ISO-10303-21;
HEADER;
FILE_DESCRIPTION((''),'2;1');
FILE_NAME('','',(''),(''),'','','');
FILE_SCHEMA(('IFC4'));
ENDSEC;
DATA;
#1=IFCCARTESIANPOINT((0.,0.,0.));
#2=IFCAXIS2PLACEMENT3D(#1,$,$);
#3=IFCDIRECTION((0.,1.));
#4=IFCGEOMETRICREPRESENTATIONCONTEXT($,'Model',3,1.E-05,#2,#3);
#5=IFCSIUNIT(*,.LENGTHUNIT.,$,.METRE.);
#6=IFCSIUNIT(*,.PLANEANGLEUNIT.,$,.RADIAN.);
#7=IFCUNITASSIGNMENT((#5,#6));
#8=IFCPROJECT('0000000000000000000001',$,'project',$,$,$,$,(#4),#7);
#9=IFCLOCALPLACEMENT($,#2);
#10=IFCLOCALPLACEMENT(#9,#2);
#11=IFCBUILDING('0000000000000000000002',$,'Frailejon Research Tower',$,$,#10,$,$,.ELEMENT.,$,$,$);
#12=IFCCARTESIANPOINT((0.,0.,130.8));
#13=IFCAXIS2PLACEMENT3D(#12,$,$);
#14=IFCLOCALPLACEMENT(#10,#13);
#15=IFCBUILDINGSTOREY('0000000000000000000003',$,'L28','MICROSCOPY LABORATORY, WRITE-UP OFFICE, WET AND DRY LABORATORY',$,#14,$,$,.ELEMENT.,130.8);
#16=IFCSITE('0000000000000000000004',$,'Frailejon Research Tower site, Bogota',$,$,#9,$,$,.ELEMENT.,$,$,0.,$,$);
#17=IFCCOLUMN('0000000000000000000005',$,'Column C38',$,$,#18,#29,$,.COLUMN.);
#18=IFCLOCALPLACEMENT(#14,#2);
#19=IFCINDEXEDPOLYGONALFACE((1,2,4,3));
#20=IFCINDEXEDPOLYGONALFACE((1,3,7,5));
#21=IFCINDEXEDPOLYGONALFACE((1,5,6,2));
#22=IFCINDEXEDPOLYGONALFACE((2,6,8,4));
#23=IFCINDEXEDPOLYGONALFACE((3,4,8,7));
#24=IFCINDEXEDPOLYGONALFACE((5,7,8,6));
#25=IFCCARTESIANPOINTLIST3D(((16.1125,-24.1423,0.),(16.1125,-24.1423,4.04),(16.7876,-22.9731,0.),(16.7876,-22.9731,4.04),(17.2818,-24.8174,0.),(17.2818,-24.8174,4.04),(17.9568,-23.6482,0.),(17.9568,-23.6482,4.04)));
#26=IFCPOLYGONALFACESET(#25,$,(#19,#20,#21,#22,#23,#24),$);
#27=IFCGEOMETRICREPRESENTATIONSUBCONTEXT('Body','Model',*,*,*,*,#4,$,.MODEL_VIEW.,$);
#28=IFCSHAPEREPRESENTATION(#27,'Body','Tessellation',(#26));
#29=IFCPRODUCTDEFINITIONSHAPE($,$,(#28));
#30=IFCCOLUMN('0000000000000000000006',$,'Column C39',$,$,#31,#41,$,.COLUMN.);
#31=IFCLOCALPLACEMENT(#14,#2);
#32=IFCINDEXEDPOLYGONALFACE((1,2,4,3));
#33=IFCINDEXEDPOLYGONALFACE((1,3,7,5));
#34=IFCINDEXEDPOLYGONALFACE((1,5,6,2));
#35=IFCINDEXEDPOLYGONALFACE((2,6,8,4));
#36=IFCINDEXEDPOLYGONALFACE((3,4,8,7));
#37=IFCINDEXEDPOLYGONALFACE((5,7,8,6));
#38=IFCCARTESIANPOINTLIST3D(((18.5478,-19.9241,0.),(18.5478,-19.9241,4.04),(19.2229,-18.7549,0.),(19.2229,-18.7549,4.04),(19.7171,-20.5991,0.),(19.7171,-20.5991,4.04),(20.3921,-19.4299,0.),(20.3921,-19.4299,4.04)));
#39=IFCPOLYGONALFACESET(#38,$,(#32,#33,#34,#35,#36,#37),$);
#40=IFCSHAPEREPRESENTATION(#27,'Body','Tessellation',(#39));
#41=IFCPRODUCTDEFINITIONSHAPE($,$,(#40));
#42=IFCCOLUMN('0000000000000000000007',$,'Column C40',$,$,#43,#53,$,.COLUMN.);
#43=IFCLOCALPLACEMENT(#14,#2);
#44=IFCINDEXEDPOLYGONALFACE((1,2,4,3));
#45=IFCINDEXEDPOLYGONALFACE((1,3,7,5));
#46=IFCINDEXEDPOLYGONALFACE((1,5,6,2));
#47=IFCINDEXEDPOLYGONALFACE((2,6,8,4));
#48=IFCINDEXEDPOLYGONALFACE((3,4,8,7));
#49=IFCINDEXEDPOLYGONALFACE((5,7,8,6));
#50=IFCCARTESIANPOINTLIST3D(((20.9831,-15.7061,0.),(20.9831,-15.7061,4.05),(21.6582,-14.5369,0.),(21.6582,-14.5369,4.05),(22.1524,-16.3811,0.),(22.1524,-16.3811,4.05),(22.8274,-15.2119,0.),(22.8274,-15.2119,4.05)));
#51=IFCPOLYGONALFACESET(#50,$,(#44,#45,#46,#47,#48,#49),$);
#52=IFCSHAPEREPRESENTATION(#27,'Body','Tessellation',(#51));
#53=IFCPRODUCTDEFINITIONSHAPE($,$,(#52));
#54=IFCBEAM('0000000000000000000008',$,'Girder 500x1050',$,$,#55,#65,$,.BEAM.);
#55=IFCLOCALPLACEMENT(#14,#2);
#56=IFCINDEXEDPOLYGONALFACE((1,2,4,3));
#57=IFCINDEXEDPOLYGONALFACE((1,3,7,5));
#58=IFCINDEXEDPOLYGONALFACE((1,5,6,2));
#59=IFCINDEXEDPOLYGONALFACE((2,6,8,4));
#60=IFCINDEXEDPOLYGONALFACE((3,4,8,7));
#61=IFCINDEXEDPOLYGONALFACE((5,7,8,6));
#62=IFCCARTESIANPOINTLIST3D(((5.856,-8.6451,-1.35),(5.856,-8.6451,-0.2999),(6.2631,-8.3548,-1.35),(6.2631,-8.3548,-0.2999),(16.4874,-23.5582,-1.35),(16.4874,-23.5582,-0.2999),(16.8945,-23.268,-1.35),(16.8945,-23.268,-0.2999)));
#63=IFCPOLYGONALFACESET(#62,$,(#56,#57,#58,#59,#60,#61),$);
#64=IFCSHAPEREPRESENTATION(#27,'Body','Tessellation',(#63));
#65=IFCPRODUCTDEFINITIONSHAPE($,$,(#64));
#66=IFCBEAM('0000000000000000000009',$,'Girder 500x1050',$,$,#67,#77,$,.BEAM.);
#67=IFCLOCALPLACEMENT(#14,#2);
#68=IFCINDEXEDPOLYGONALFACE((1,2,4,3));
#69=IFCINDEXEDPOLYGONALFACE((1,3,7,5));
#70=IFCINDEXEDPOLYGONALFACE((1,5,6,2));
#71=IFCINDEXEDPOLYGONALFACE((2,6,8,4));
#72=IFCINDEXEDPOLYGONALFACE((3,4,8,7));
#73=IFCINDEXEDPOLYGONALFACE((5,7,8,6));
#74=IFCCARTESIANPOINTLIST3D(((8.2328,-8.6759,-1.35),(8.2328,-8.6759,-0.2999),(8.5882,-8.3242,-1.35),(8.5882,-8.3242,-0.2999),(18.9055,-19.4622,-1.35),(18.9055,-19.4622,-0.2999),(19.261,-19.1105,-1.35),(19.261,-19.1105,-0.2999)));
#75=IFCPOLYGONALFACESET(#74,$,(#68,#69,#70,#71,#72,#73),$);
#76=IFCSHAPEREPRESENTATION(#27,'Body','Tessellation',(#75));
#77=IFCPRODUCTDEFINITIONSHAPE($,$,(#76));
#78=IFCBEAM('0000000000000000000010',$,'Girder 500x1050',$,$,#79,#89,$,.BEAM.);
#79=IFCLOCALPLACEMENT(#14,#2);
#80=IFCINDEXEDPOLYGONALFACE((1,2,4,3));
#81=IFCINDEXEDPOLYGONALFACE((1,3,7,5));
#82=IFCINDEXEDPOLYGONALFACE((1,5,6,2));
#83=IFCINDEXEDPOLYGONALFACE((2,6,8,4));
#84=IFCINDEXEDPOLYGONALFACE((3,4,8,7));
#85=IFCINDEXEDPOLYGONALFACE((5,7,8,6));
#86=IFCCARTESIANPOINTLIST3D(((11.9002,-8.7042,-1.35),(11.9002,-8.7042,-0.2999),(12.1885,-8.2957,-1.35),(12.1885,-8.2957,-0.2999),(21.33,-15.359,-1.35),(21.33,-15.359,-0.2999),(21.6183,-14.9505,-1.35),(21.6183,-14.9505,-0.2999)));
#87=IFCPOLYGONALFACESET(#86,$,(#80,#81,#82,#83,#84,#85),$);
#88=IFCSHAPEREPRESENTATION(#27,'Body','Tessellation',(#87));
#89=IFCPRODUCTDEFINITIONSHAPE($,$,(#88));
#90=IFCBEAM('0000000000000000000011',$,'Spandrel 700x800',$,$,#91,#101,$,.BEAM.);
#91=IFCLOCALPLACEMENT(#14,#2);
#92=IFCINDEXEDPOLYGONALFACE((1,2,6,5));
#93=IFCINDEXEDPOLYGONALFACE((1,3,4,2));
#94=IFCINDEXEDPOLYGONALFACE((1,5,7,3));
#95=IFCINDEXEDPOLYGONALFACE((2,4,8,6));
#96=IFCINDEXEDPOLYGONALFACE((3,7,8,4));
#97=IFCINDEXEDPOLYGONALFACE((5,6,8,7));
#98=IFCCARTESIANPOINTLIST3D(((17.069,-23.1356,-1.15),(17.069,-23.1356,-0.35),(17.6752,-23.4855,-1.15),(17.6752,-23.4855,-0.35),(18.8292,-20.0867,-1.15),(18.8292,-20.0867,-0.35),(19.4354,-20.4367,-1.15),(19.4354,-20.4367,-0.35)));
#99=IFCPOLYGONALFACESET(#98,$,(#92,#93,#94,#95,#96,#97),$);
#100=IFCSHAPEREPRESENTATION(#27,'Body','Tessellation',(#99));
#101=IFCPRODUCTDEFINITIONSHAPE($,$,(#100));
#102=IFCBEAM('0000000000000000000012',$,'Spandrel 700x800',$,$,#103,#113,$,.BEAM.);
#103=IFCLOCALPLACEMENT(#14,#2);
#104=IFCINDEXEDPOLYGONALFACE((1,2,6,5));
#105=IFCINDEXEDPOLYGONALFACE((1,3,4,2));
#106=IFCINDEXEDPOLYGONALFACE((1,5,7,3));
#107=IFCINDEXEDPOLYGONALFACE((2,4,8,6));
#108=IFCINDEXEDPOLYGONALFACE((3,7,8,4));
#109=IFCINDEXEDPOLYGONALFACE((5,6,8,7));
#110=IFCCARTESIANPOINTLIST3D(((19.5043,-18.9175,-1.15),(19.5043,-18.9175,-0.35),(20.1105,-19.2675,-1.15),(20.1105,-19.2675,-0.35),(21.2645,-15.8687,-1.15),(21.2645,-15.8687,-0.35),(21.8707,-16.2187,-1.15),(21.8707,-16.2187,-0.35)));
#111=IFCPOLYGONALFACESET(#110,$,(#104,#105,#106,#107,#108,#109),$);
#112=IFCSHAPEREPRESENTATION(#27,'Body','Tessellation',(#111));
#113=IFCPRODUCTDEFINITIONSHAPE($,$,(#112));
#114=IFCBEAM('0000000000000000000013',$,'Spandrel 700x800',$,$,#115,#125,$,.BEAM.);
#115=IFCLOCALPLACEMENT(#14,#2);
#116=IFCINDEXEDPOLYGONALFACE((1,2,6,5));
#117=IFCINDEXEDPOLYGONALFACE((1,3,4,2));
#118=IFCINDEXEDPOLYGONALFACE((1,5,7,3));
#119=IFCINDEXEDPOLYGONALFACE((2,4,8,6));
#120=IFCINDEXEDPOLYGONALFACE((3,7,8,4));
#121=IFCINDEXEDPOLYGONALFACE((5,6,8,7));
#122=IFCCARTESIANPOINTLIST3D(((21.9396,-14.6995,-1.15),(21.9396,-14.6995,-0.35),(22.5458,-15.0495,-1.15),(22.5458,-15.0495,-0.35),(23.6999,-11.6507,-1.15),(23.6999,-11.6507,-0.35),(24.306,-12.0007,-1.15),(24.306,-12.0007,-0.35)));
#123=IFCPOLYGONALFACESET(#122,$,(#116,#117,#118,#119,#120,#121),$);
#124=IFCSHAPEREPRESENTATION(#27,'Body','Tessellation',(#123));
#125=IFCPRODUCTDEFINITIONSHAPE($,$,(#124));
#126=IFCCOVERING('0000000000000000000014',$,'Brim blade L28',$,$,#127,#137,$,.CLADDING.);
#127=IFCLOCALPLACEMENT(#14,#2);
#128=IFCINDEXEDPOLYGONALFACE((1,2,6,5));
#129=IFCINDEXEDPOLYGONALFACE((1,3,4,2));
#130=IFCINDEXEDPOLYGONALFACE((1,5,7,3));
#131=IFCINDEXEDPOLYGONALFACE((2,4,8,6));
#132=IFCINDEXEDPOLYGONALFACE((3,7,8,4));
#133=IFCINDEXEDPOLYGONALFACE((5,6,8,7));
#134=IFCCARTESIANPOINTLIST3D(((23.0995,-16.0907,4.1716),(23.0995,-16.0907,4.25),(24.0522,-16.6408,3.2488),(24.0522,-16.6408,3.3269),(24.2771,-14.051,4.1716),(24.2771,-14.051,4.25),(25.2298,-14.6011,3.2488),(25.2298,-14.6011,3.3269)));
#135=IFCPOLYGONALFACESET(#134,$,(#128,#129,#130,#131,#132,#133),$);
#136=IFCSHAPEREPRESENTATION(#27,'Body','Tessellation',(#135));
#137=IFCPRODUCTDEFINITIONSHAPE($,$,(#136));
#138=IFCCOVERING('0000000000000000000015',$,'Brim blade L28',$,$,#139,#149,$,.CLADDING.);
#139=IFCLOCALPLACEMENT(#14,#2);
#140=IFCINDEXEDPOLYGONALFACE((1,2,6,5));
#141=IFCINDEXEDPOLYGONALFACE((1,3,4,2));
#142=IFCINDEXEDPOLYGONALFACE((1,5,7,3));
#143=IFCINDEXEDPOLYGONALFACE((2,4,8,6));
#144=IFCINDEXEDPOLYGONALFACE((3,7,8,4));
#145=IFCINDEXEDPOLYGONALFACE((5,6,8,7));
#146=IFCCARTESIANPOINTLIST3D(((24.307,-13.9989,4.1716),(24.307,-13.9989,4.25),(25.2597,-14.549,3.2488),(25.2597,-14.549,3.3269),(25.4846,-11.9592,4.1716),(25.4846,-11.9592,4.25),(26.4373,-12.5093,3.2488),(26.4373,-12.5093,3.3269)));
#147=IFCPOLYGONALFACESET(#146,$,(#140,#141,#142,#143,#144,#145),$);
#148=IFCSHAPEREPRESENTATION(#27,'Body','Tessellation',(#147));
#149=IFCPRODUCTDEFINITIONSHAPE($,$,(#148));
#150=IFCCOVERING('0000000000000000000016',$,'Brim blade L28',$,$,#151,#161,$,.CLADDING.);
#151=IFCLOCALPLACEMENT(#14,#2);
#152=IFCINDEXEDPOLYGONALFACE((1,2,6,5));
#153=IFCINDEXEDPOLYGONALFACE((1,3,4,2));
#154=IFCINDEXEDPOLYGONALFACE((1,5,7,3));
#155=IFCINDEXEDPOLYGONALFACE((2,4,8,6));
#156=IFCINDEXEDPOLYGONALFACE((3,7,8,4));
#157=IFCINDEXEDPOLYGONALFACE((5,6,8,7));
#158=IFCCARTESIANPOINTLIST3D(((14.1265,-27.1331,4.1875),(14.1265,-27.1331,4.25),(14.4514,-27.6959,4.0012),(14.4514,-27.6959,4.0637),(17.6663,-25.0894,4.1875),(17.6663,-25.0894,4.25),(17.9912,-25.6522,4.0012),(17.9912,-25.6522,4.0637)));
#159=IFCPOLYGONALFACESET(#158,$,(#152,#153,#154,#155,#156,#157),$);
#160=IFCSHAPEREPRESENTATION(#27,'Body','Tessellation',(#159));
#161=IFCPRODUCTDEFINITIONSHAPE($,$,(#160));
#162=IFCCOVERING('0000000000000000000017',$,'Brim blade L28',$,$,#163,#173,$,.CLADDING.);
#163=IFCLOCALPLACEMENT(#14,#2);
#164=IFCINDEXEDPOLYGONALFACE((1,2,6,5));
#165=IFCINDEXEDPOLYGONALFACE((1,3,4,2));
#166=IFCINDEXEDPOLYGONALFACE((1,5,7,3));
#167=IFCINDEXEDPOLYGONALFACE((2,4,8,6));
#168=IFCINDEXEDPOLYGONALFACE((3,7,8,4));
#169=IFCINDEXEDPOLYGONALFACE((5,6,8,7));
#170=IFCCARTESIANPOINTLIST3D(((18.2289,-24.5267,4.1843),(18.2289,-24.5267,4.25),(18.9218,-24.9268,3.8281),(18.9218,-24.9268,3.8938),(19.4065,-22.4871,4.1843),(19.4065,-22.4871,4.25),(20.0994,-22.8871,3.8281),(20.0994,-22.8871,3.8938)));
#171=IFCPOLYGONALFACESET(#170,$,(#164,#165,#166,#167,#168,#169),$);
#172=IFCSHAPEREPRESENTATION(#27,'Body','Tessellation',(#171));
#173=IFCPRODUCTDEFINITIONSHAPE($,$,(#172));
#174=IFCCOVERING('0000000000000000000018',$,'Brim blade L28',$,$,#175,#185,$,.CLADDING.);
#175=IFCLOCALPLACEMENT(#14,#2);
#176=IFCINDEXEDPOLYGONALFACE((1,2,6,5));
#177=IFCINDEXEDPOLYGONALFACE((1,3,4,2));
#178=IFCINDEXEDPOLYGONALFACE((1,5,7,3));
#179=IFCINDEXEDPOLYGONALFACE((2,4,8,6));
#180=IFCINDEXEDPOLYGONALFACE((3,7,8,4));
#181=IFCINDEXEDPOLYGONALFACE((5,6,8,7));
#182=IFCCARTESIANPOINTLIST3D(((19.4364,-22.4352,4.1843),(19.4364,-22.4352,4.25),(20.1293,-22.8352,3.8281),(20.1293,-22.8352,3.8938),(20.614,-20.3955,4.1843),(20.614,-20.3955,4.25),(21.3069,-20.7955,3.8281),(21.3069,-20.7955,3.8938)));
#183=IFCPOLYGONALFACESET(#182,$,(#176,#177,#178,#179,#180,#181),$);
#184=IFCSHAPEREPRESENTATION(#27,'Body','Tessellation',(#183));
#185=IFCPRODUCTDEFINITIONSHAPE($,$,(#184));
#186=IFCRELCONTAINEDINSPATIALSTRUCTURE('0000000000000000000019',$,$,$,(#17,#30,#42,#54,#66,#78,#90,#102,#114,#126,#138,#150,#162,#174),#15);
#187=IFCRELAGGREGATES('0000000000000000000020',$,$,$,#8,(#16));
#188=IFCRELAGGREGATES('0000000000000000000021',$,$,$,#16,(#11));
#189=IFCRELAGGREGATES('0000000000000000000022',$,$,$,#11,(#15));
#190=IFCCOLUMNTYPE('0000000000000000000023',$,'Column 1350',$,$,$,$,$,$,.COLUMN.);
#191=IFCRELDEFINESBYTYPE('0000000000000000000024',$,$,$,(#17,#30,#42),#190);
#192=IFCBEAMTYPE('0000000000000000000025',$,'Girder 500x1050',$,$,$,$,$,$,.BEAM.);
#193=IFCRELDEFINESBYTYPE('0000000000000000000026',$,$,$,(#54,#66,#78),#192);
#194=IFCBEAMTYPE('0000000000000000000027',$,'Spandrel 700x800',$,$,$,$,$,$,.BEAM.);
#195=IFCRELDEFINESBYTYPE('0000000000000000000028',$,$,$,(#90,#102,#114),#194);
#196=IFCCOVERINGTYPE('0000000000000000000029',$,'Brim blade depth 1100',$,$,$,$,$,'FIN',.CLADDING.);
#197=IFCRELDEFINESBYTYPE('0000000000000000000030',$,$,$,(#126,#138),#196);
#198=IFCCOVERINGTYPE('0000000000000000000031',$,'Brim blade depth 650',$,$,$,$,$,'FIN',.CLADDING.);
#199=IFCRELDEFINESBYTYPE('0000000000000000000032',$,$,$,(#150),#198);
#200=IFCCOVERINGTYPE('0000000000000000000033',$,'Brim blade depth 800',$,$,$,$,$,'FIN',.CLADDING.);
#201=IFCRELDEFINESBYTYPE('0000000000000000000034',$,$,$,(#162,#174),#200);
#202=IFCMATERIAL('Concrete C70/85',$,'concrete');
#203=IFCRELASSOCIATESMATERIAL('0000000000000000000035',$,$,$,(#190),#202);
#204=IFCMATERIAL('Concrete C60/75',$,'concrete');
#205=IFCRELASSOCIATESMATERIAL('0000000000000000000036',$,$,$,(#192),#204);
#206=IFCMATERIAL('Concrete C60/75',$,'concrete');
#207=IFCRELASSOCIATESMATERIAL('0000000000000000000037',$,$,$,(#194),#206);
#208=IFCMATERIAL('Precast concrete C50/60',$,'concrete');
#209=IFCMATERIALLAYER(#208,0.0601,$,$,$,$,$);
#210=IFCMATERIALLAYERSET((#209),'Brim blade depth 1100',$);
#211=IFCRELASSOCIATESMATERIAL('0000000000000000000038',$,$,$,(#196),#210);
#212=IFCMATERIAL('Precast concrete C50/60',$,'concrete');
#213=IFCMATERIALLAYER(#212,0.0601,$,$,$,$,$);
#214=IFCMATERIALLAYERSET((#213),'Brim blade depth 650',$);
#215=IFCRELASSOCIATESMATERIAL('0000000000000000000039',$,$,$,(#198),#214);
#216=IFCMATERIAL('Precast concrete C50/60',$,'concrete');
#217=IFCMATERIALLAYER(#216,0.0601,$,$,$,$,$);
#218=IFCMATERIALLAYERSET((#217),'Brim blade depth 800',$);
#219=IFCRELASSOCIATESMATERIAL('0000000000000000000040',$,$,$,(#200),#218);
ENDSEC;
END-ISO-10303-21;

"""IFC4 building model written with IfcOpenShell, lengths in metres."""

from ifc_helpers import new_model, si_unit, direction, frame, origin, origin_2d, place, context, subcontext, project, spatial, polyline, rectangle, outline, extrude, material, layer, layer_set, material_profile, profile_set, type_object, element, save


model = new_model("IFC4")

# Units and contexts
model_context = context("Model", 3, precision=1e-05, world=origin(), true_north=direction((0.0, 1.0)))
body_context = subcontext(model_context, "Body", "Model", "MODEL_VIEW")
ifc_project = project(units=[si_unit("LENGTHUNIT", "METRE"), si_unit("PLANEANGLEUNIT", "RADIAN")], contexts=[model_context])

# Site, building, storey
site_placement = place(None, origin())
site = spatial("IfcSite", under=ifc_project, at=site_placement, Name="Frailejon Research Tower site, Bogota", CompositionType="ELEMENT", RefElevation=0.0)
building_placement = place(site_placement, origin())
building = spatial("IfcBuilding", under=site, at=building_placement, Name="Frailejon Research Tower", CompositionType="ELEMENT")
storey_placement = place(building_placement, frame((0.0, 0.0, 130.8)))
storey = spatial("IfcBuildingStorey", under=building, at=storey_placement, Name="L28", Description="MICROSCOPY LABORATORY, WRITE-UP OFFICE, WET AND DRY LABORATORY", CompositionType="ELEMENT", Elevation=130.8)

# Columns
ifc_material_1 = material(Name="Concrete C70/85", Category="concrete")
ifc_material_profile_1 = material_profile(ifc_material_1, rectangle(XDim=1.3501, YDim=1.3501, at=origin_2d()), Name="Column 1350")
ifc_profile_set_1 = profile_set([ifc_material_profile_1], Name="Concrete C70/85")
column_type = type_object("IfcColumnType", Name="Column 1350", PredefinedType="COLUMN", material=ifc_profile_set_1)
for number, where, z_axis, x_axis, name in (
    (1, (17.0347, -23.8953, 0.0), (0.0, 0.0, 1.0), (0.5, 0.866025, 0.0), "Column C38"),
    (2, (19.47, -19.677, 0.0), (0.0, 0.0, 1.0), (0.5, 0.866025, 0.0), "Column C39"),
):
    element("IfcColumn", number, at=place(storey_placement, frame(where, z_axis=z_axis, x_axis=x_axis)), inside=storey, type_object=column_type, Name=name, PredefinedType="COLUMN", context=body_context, shape_type="SweptSolid", body=[
        extrude(rectangle(XDim=1.3501, YDim=1.3501, at=origin_2d()), origin(), (0.0, 0.0, 1.0), 4.04),
    ])
column_placement = place(storey_placement, frame((21.9053, -15.459, 0.0), z_axis=(0.0, 0.0, 1.0), x_axis=(0.5, 0.866025, 0.0)))
element("IfcColumn", 3, at=column_placement, inside=storey, type_object=column_type, Name="Column C40", PredefinedType="COLUMN", context=body_context, shape_type="SweptSolid", body=[
    extrude(rectangle(XDim=1.3501, YDim=1.3501, at=origin_2d()), origin(), (0.0, 0.0, 1.0), 4.05),
])

# Beams
ifc_material_2 = material(Name="Concrete C60/75", Category="concrete")
ifc_material_profile_2 = material_profile(ifc_material_2, rectangle(XDim=0.5, YDim=1.05, at=origin_2d()), Name="Girder 500x1050")
ifc_profile_set_2 = profile_set([ifc_material_profile_2], Name="Concrete C60/75")
beam_type_1 = type_object("IfcBeamType", Name="Girder 500x1050", PredefinedType="BEAM", material=ifc_profile_set_2)
beam_1_placement = place(storey_placement, frame((16.6909, -23.4131, -0.825), z_axis=(-0.580484, 0.814272, 0.0), x_axis=(-0.814272, -0.580484, 0.0)))
element("IfcBeam", 4, at=beam_1_placement, inside=storey, type_object=beam_type_1, Name="Girder 500x1050", PredefinedType="BEAM", context=body_context, shape_type="SweptSolid", body=[
    extrude(rectangle(XDim=0.5, YDim=1.05, at=origin_2d()), origin(), (0.0, 0.0, 1.0), 18.3147),
])
beam_2_placement = place(storey_placement, frame((19.0833, -19.2864, -0.825), z_axis=(-0.703356, 0.710838, 0.0), x_axis=(-0.710838, -0.703356, 0.0)))
element("IfcBeam", 5, at=beam_2_placement, inside=storey, type_object=beam_type_1, Name="Girder 500x1050", PredefinedType="BEAM", context=body_context, shape_type="SweptSolid", body=[
    extrude(rectangle(XDim=0.5, YDim=1.05, at=origin_2d()), origin(), (0.0, 0.0, 1.0), 15.1741),
])
beam_3_placement = place(storey_placement, frame((21.4741, -15.1548, -0.825), z_axis=(-0.817028, 0.576598, 0.0), x_axis=(-0.576598, -0.817028, 0.0)))
element("IfcBeam", 6, at=beam_3_placement, inside=storey, type_object=beam_type_1, Name="Girder 500x1050", PredefinedType="BEAM", context=body_context, shape_type="SweptSolid", body=[
    extrude(rectangle(XDim=0.5, YDim=1.05, at=origin_2d()), origin(), (0.0, 0.0, 1.0), 11.5415),
])
ifc_material_3 = material(Name="Concrete C60/75", Category="concrete")
ifc_material_profile_3 = material_profile(ifc_material_3, rectangle(XDim=0.7, YDim=0.8, at=origin_2d()), Name="Spandrel 700x800")
ifc_profile_set_3 = profile_set([ifc_material_profile_3], Name="Concrete C60/75")
beam_type_2 = type_object("IfcBeamType", Name="Spandrel 700x800", PredefinedType="BEAM", material=ifc_profile_set_3)
for number, where, z_axis, x_axis, name in (
    (7, (17.3721, -23.3105, -0.75), (0.500003, 0.866024, 0.0), (-0.866024, 0.500003, 0.0), "Spandrel 700x800"),
    (8, (19.8074, -19.0925, -0.75), (0.500003, 0.866024, 0.0), (-0.866024, 0.500003, 0.0), "Spandrel 700x800"),
    (9, (22.2427, -14.8745, -0.75), (0.500003, 0.866024, 0.0), (-0.866024, 0.500003, 0.0), "Spandrel 700x800"),
):
    element("IfcBeam", number, at=place(storey_placement, frame(where, z_axis=z_axis, x_axis=x_axis)), inside=storey, type_object=beam_type_2, Name=name, PredefinedType="BEAM", context=body_context, shape_type="SweptSolid", body=[
        extrude(rectangle(XDim=0.7, YDim=0.8, at=origin_2d()), origin(), (0.0, 0.0, 1.0), 3.5205),
    ])

# Coverings
ifc_material_4 = material(Name="Precast concrete C50/60", Category="concrete")
ifc_layer_1 = layer(ifc_material_4, 0.0601)
ifc_layer_set_1 = layer_set([ifc_layer_1], Name="Brim blade depth 1100")
covering_type_1 = type_object("IfcCoveringType", Name="Brim blade depth 1100", ElementType="FIN", PredefinedType="CLADDING", material=ifc_layer_set_1)
for number, where, z_axis, x_axis, name in (
    (10, (24.2771, -14.051, 4.25), (-0.500006, -0.866022, 0.0), (0.866022, -0.500006, 0.0), "Brim blade L28"),
    (11, (25.4846, -11.9592, 4.25), (-0.500006, -0.866022, 0.0), (0.866022, -0.500006, 0.0), "Brim blade L28"),
):
    element("IfcCovering", number, at=place(storey_placement, frame(where, z_axis=z_axis, x_axis=x_axis)), inside=storey, type_object=covering_type_1, Name=name, PredefinedType="CLADDING", context=body_context, shape_type="SweptSolid", body=[
        extrude(outline(polyline([(0.0, -0.0784), (1.1001, -1.0012), (1.1001, -0.9231), (0.0, 0.0), (0.0, -0.0784)])), origin(), (0.0, 0.0, 1.0), 2.3552),
    ])
ifc_material_5 = material(Name="Precast concrete C50/60", Category="concrete")
ifc_layer_2 = layer(ifc_material_5, 0.0601)
ifc_layer_set_2 = layer_set([ifc_layer_2], Name="Brim blade depth 650")
covering_type_2 = type_object("IfcCoveringType", Name="Brim blade depth 650", ElementType="FIN", PredefinedType="CLADDING", material=ifc_layer_set_2)
covering_placement = place(storey_placement, frame((17.6663, -25.0894, 4.25), z_axis=(-0.866021, -0.500007, 0.0), x_axis=(0.500007, -0.866021, 0.0)))
element("IfcCovering", 12, at=covering_placement, inside=storey, type_object=covering_type_2, Name="Brim blade L28", PredefinedType="CLADDING", context=body_context, shape_type="SweptSolid", body=[
    extrude(outline(polyline([(0.0, -0.0625), (0.6499, -0.2488), (0.6499, -0.1863), (0.0, 0.0), (0.0, -0.0625)])), origin(), (0.0, 0.0, 1.0), 4.0874),
])
ifc_material_6 = material(Name="Precast concrete C50/60", Category="concrete")
ifc_layer_3 = layer(ifc_material_6, 0.0601)
ifc_layer_set_3 = layer_set([ifc_layer_3], Name="Brim blade depth 800")
covering_type_3 = type_object("IfcCoveringType", Name="Brim blade depth 800", ElementType="FIN", PredefinedType="CLADDING", material=ifc_layer_set_3)
for number, where, z_axis, x_axis, name in (
    (13, (19.4065, -22.4871, 4.25), (-0.499997, -0.866027, 0.0), (0.866027, -0.499997, 0.0), "Brim blade L28"),
    (14, (20.614, -20.3955, 4.25), (-0.499997, -0.866027, 0.0), (0.866027, -0.499997, 0.0), "Brim blade L28"),
):
    element("IfcCovering", number, at=place(storey_placement, frame(where, z_axis=z_axis, x_axis=x_axis)), inside=storey, type_object=covering_type_3, Name=name, PredefinedType="CLADDING", context=body_context, shape_type="SweptSolid", body=[
        extrude(outline(polyline([(0.0, -0.0657), (0.8, -0.4219), (0.8, -0.3562), (0.0, 0.0), (0.0, -0.0657)])), origin(), (0.0, 0.0, 1.0), 2.3552),
    ])

save(model, "model.ifc")
